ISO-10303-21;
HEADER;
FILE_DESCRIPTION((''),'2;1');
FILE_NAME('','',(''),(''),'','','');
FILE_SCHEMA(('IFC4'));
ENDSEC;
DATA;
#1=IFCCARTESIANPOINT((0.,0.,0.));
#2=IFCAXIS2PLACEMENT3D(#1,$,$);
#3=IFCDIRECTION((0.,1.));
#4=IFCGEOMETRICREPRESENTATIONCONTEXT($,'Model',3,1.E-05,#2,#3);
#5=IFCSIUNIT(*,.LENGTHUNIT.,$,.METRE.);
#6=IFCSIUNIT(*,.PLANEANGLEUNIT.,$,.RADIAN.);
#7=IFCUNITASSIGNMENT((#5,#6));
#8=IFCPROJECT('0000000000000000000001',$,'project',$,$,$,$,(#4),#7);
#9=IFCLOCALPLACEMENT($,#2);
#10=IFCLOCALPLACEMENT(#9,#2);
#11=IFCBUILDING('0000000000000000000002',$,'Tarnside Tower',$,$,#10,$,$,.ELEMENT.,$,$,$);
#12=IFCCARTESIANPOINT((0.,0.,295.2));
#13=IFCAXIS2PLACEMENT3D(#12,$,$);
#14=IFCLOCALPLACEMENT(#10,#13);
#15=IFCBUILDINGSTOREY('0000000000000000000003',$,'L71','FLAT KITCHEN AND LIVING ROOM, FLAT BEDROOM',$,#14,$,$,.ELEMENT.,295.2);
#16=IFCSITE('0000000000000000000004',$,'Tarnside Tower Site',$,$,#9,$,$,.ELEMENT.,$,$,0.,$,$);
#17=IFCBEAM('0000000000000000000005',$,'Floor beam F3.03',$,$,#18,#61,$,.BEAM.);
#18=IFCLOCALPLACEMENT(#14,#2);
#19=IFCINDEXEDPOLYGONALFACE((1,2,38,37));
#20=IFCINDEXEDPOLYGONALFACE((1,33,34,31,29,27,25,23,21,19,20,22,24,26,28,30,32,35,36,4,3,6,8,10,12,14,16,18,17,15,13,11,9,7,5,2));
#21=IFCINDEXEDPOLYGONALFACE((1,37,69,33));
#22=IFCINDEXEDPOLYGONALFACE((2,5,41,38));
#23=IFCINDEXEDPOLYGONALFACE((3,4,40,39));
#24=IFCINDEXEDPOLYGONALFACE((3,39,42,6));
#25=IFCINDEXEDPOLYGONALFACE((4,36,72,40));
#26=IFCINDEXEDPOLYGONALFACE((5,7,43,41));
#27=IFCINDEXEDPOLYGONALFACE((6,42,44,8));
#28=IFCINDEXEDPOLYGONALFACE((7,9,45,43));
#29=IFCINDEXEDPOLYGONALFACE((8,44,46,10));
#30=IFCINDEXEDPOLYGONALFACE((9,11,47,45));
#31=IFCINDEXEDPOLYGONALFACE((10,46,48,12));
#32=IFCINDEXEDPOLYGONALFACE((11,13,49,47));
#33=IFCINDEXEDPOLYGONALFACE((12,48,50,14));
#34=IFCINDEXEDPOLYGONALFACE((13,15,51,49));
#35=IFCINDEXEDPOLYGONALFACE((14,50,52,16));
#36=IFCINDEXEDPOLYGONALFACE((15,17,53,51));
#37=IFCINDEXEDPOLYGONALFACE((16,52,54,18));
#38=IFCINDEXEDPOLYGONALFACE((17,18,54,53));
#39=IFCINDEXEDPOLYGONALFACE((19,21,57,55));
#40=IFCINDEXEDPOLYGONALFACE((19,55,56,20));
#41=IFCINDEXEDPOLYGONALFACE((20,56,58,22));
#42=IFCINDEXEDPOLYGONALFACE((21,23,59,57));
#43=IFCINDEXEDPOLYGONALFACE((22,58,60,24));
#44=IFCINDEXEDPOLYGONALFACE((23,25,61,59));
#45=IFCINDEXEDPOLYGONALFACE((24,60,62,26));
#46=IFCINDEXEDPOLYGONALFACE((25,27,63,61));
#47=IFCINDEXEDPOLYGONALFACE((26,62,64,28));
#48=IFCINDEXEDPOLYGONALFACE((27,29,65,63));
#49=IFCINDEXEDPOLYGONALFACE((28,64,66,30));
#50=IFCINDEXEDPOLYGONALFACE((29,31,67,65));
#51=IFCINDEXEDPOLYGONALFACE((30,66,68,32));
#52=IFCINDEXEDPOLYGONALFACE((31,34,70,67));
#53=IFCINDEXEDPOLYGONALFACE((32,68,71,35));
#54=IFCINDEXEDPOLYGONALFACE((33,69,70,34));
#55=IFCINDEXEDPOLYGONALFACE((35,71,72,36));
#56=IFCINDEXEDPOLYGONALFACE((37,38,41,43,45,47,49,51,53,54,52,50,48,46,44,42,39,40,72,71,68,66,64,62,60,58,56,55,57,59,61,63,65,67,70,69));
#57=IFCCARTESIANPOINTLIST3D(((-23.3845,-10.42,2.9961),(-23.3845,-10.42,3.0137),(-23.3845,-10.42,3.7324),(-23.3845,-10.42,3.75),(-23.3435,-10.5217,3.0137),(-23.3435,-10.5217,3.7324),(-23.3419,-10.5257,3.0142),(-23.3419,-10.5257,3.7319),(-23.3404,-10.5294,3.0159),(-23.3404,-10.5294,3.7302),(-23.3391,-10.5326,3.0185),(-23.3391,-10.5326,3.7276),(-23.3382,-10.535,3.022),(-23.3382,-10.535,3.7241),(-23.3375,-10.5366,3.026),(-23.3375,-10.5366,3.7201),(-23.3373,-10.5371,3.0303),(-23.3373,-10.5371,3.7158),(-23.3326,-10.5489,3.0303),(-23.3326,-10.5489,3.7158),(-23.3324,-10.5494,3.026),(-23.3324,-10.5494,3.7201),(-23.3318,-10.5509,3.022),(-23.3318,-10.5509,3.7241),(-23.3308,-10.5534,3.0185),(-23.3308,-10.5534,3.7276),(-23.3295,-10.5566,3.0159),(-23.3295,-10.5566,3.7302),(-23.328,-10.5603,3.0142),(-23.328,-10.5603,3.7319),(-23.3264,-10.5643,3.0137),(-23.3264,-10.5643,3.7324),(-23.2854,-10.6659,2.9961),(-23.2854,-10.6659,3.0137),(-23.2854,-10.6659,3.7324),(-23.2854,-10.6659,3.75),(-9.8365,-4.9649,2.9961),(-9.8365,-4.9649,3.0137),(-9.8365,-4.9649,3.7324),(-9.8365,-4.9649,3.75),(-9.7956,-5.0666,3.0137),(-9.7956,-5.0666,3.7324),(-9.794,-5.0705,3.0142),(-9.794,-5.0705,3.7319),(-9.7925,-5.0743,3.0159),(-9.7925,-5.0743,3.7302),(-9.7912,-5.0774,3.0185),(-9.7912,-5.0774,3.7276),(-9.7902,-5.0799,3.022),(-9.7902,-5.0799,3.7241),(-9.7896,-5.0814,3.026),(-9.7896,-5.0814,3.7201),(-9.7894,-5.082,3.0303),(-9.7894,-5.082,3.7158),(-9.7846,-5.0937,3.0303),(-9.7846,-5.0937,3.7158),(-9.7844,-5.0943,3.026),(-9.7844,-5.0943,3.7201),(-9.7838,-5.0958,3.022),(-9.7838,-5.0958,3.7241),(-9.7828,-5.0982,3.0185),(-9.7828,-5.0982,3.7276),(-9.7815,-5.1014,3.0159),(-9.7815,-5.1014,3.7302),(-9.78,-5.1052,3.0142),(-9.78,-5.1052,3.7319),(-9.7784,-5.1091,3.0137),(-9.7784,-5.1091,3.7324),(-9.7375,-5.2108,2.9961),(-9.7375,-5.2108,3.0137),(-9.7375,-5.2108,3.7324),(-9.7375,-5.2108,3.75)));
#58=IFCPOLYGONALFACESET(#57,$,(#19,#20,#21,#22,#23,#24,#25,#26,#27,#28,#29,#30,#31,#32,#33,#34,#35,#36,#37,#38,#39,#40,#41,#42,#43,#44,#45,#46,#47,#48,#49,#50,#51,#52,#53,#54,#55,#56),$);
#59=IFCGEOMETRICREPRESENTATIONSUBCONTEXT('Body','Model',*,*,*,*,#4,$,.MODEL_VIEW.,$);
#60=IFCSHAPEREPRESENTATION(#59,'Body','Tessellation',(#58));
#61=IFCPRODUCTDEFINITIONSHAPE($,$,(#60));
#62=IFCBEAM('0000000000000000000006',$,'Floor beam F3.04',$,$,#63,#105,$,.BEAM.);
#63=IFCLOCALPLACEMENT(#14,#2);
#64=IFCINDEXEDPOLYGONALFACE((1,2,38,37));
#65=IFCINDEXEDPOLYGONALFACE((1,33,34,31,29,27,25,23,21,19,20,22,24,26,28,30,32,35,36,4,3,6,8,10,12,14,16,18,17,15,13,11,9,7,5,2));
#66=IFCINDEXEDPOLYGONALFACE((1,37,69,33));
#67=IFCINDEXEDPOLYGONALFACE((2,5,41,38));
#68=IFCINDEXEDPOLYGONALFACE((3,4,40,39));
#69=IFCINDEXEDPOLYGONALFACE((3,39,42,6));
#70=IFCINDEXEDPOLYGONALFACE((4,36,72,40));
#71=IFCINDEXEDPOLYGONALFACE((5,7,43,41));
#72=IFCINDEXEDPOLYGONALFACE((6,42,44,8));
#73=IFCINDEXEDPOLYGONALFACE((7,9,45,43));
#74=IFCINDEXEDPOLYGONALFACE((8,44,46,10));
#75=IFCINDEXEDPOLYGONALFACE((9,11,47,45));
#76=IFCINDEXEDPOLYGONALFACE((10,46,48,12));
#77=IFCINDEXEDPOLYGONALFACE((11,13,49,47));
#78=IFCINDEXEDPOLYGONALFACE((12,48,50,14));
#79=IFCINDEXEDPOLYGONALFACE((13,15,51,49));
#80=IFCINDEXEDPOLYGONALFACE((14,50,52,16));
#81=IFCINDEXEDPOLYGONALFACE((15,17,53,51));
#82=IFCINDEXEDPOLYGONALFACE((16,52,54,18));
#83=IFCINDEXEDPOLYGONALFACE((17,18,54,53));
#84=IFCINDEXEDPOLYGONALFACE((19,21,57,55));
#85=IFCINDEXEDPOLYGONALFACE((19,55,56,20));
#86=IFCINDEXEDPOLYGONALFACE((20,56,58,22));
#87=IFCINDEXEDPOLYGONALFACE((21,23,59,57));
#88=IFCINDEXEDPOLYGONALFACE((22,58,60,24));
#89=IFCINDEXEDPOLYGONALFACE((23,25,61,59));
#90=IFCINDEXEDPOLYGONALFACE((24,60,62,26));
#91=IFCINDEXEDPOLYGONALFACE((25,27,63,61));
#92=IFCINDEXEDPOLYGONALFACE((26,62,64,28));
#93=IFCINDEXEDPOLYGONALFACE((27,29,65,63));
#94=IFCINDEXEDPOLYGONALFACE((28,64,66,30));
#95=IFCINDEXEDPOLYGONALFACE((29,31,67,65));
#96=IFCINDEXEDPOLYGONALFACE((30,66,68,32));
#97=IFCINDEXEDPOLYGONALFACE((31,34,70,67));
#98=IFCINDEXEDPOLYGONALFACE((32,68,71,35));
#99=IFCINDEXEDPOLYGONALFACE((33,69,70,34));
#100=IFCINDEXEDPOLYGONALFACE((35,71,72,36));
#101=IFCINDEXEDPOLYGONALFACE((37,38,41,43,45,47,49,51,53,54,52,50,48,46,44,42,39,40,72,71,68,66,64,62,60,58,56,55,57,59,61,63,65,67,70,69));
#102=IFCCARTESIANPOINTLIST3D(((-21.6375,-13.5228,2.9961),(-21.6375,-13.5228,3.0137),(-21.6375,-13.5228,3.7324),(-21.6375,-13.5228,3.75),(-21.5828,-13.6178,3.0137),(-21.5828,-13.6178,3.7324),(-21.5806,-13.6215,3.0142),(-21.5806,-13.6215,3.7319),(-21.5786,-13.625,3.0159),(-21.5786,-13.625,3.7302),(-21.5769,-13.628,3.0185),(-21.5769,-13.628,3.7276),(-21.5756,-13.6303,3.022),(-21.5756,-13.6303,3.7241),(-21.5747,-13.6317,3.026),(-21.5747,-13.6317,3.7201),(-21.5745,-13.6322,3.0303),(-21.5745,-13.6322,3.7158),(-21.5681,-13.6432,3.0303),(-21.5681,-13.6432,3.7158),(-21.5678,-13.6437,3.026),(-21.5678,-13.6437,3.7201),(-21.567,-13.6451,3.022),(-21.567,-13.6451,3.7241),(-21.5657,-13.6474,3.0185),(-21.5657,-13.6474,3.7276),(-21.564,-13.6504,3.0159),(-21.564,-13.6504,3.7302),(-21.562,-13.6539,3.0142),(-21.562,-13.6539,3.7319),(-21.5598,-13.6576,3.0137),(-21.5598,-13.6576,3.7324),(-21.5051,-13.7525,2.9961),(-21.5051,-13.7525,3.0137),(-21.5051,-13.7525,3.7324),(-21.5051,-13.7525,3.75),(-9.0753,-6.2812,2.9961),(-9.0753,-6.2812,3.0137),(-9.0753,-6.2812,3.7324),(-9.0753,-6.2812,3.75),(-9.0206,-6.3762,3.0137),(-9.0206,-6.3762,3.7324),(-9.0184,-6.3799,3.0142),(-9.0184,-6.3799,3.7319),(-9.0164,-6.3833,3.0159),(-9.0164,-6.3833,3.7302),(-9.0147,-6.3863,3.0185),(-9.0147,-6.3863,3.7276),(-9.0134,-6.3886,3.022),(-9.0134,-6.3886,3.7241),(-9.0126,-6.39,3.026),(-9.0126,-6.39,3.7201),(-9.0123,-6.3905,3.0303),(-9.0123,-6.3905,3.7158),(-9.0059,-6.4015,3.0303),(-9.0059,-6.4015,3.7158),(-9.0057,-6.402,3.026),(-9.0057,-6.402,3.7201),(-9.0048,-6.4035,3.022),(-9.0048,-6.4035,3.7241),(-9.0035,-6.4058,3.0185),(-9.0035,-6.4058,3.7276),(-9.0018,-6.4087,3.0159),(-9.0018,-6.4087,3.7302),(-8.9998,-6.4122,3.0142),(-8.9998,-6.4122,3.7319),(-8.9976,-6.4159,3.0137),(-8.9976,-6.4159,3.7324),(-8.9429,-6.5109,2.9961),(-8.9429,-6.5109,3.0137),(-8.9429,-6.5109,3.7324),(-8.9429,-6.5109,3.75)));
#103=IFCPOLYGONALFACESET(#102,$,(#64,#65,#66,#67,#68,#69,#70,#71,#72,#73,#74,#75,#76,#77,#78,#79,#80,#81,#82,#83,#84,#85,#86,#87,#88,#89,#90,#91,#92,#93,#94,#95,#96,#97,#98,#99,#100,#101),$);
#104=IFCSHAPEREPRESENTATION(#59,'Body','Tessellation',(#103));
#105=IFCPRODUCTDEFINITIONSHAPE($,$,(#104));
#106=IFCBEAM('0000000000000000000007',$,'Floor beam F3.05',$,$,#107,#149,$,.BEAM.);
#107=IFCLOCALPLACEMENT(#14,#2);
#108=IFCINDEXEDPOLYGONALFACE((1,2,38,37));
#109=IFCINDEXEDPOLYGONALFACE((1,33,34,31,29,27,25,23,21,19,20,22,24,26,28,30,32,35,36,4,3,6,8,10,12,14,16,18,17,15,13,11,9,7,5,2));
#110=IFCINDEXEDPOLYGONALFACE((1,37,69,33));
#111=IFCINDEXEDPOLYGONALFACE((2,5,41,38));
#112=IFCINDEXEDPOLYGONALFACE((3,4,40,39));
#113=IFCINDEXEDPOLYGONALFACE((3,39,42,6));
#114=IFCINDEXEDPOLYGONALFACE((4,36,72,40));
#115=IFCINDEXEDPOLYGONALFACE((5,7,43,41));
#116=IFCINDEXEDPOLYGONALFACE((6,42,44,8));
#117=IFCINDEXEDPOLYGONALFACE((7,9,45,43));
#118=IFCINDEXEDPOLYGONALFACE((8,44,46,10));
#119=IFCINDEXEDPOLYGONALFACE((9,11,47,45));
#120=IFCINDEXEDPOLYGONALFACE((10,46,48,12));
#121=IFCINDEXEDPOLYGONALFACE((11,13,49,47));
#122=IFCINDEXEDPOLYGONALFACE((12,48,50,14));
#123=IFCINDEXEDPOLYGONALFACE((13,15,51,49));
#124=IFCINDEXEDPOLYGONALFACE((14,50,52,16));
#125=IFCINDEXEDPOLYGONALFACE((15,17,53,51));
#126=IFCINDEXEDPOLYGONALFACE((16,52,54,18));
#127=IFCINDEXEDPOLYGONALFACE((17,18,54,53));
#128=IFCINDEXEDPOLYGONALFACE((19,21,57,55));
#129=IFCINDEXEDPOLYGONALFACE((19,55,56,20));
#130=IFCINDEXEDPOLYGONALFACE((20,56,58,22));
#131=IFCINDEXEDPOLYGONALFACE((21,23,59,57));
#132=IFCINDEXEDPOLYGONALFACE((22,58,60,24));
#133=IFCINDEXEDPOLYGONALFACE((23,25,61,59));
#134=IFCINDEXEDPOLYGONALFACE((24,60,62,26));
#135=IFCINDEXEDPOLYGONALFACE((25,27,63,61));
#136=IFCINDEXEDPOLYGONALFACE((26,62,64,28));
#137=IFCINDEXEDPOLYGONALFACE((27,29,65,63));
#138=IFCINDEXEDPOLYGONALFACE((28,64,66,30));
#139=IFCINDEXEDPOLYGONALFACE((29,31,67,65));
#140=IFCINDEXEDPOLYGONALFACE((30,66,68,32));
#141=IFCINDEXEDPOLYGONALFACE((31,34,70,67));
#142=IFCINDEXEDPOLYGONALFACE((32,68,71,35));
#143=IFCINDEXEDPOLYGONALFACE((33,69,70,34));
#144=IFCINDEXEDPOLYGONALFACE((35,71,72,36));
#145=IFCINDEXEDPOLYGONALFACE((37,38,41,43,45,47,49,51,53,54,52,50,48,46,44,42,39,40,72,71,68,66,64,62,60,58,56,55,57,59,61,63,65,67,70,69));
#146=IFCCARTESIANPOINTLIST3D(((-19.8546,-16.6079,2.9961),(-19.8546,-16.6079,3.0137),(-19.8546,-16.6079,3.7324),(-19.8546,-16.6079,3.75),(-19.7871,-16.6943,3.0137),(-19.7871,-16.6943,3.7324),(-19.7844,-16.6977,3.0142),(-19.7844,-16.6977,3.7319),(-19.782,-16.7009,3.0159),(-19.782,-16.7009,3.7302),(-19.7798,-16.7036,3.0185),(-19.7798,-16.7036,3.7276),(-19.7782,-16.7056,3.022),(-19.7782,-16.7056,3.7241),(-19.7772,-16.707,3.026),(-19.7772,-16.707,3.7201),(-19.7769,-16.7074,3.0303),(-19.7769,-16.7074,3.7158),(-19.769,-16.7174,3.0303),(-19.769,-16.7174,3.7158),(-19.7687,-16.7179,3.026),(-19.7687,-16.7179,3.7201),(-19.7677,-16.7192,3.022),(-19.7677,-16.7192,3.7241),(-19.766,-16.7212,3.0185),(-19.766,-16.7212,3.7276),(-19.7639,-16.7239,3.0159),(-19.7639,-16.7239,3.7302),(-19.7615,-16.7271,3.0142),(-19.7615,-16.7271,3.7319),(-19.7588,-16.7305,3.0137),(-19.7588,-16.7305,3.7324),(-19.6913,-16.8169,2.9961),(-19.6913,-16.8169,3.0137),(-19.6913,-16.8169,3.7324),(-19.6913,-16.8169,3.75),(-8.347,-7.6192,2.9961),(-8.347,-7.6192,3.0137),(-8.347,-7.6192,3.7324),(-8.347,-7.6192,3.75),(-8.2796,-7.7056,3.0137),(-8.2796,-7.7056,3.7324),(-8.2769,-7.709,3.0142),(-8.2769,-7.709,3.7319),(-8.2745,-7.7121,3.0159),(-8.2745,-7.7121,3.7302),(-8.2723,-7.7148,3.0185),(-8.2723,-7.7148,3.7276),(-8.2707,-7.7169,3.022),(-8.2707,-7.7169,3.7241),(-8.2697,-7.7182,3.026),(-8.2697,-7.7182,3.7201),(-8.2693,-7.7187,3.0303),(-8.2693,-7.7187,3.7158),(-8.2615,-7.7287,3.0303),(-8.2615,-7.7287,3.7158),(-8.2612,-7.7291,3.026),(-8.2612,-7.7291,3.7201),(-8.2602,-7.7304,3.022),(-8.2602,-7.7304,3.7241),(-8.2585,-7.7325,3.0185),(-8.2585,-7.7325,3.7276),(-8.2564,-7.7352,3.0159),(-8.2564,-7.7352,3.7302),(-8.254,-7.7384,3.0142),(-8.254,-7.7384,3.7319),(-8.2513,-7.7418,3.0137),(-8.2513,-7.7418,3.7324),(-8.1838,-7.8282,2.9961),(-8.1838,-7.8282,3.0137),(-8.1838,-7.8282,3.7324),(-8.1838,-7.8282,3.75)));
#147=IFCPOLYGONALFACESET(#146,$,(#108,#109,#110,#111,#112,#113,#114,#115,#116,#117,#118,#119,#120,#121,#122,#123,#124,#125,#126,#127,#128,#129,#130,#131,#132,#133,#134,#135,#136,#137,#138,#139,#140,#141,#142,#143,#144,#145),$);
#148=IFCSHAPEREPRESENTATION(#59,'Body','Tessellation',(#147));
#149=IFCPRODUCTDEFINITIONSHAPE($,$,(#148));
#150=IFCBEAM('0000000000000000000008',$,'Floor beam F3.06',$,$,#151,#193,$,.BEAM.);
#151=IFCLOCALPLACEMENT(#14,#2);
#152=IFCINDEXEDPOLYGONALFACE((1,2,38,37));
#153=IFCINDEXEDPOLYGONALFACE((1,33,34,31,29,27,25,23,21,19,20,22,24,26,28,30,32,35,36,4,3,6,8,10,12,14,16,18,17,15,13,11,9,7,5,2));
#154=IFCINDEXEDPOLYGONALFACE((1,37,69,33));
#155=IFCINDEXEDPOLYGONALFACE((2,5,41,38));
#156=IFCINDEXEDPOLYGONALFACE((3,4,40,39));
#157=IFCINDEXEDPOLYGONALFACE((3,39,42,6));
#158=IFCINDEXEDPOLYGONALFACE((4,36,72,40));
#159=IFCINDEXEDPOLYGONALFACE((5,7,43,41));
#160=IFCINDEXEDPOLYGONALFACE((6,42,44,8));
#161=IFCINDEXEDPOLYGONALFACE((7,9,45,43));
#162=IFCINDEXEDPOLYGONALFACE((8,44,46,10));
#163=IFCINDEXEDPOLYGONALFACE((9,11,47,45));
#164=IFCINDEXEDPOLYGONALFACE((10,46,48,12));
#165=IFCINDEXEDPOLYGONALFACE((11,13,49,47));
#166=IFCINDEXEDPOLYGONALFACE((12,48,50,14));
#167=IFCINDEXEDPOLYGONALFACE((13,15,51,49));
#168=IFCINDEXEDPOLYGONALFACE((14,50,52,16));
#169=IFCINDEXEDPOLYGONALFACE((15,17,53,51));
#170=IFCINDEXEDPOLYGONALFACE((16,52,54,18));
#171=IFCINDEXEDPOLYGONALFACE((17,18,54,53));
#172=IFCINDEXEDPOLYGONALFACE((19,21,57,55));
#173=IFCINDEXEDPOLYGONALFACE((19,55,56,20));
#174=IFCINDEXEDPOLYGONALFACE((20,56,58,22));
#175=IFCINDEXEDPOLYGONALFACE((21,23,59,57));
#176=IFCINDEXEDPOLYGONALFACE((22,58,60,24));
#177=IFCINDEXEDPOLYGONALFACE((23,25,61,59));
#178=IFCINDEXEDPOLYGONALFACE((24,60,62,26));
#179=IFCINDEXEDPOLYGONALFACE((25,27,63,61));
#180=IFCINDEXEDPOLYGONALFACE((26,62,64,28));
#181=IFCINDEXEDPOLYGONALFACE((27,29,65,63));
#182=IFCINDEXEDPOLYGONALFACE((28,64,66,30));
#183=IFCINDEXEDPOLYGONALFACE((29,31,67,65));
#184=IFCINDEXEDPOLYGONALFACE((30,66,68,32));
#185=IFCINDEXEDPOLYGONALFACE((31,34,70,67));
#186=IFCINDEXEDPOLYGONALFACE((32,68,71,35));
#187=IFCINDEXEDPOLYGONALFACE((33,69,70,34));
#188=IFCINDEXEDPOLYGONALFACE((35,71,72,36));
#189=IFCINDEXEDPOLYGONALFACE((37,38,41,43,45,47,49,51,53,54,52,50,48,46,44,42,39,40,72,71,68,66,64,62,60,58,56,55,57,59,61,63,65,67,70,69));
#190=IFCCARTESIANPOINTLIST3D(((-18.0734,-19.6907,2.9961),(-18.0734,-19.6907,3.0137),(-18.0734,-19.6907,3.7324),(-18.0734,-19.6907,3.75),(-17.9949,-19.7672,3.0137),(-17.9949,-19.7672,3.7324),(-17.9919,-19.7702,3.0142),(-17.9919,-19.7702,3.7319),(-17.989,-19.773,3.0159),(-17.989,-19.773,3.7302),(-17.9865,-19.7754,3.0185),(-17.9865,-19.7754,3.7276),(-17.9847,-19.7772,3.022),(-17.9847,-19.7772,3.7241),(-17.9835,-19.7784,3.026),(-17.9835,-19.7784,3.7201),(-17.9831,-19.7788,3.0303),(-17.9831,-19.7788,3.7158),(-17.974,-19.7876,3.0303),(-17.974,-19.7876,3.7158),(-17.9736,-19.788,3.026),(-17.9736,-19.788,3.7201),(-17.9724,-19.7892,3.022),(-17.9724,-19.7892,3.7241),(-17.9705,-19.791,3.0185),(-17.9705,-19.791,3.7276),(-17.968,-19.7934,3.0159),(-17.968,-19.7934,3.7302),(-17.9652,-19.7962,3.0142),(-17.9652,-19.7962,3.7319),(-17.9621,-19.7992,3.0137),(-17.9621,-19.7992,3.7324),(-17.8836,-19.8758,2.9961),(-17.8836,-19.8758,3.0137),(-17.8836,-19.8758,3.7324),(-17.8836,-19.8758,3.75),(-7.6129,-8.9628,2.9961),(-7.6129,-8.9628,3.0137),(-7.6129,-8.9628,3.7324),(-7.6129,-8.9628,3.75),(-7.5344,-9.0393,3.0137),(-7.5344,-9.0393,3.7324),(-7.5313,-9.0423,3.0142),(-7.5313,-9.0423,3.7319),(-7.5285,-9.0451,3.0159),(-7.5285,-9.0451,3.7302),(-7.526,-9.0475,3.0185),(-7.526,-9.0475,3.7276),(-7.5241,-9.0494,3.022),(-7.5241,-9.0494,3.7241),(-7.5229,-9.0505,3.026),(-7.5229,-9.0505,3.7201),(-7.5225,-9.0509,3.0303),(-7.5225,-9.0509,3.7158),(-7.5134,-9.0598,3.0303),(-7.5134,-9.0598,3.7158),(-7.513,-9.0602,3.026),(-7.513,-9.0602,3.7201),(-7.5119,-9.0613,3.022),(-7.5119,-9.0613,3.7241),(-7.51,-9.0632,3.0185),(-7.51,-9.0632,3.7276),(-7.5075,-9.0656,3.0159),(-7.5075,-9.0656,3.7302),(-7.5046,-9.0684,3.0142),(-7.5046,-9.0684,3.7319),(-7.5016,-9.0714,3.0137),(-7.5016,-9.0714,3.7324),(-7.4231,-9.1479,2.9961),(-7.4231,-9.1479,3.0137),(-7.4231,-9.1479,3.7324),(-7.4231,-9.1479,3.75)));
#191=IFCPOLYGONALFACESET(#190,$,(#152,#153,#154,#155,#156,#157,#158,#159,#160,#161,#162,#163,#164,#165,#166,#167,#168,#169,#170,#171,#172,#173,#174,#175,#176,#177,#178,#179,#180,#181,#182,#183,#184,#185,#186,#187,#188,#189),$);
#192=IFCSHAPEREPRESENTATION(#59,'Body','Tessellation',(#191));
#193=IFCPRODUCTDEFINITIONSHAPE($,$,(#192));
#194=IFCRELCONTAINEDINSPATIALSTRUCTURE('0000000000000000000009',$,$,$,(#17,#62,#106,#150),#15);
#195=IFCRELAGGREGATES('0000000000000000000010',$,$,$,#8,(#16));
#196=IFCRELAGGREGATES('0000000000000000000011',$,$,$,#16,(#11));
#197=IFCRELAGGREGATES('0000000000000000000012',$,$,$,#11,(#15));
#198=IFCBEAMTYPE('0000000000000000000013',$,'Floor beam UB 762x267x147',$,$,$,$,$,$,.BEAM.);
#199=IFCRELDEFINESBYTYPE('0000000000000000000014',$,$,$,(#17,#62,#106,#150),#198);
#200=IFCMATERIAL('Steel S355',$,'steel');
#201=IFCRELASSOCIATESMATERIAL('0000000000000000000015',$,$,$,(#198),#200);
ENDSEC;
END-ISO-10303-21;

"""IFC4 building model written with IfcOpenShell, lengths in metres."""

from ifc_helpers import new_model, si_unit, direction, frame, origin, origin_2d, place, context, subcontext, project, spatial, i_section, extrude, material, material_profile, profile_set, type_object, element, save


model = new_model("IFC4")

# Units and contexts
model_context = context("Model", 3, precision=1e-05, world=origin(), true_north=direction((0.0, 1.0)))
body_context = subcontext(model_context, "Body", "Model", "MODEL_VIEW")
ifc_project = project(units=[si_unit("LENGTHUNIT", "METRE"), si_unit("PLANEANGLEUNIT", "RADIAN")], contexts=[model_context])

# Site, building, storey
site_placement = place(None, origin())
site = spatial("IfcSite", under=ifc_project, at=site_placement, Name="Tarnside Tower Site", CompositionType="ELEMENT", RefElevation=0.0)
building_placement = place(site_placement, origin())
building = spatial("IfcBuilding", under=site, at=building_placement, Name="Tarnside Tower", CompositionType="ELEMENT")
storey_placement = place(building_placement, frame((0.0, 0.0, 295.2)))
storey = spatial("IfcBuildingStorey", under=building, at=storey_placement, Name="L71", Description="FLAT KITCHEN AND LIVING ROOM, FLAT BEDROOM", CompositionType="ELEMENT", Elevation=295.2)

# Beams
ifc_material_1 = material(Name="Steel S355", Category="steel")
ifc_material_profile_1 = material_profile(ifc_material_1, i_section(OverallWidth=0.2651, OverallDepth=0.7539, WebThickness=0.0127, FlangeThickness=0.0176, FilletRadius=0.0166, at=origin_2d()), Name="UB 762x267x147")
ifc_profile_set_1 = profile_set([ifc_material_profile_1], Name="Steel S355")
beam_type_1 = type_object("IfcBeamType", Name="Floor beam UB 762x267x147", PredefinedType="BEAM", material=ifc_profile_set_1)
beam_1_placement = place(storey_placement, frame((-23.335, -10.543, 3.373), z_axis=(0.927626, 0.373511, 0.0), x_axis=(-0.373511, 0.927626, 0.0)))
element("IfcBeam", 1, at=beam_1_placement, inside=storey, type_object=beam_type_1, Name="Floor beam F3.03", PredefinedType="BEAM", context=body_context, shape_type="SweptSolid", body=[
    extrude(i_section(OverallWidth=0.2651, OverallDepth=0.7539, WebThickness=0.0127, FlangeThickness=0.0176, FilletRadius=0.0166, at=origin_2d()), origin(), (0.0, 0.0, 1.0), 14.605),
])
beam_2_placement = place(storey_placement, frame((-21.5713, -13.6377, 3.373), z_axis=(0.866357, 0.499425, 0.0), x_axis=(-0.499425, 0.866357, 0.0)))
element("IfcBeam", 2, at=beam_2_placement, inside=storey, type_object=beam_type_1, Name="Floor beam F3.04", PredefinedType="BEAM", context=body_context, shape_type="SweptSolid", body=[
    extrude(i_section(OverallWidth=0.2651, OverallDepth=0.7539, WebThickness=0.0127, FlangeThickness=0.0176, FilletRadius=0.0166, at=origin_2d()), origin(), (0.0, 0.0, 1.0), 14.5),
])
beam_3_placement = place(storey_placement, frame((-19.7729, -16.7124, 3.373), z_axis=(0.788075, 0.615579, 0.0), x_axis=(-0.615579, 0.788075, 0.0)))
element("IfcBeam", 3, at=beam_3_placement, inside=storey, type_object=beam_type_1, Name="Floor beam F3.05", PredefinedType="BEAM", context=body_context, shape_type="SweptSolid", body=[
    extrude(i_section(OverallWidth=0.2651, OverallDepth=0.7539, WebThickness=0.0127, FlangeThickness=0.0176, FilletRadius=0.0166, at=origin_2d()), origin(), (0.0, 0.0, 1.0), 14.6021),
])
beam_4_placement = place(storey_placement, frame((-17.9785, -19.7832, 3.373), z_axis=(0.69813, 0.715971, 0.0), x_axis=(-0.715971, 0.69813, 0.0)))
element("IfcBeam", 4, at=beam_4_placement, inside=storey, type_object=beam_type_1, Name="Floor beam F3.06", PredefinedType="BEAM", context=body_context, shape_type="SweptSolid", body=[
    extrude(i_section(OverallWidth=0.2651, OverallDepth=0.7539, WebThickness=0.0127, FlangeThickness=0.0176, FilletRadius=0.0166, at=origin_2d()), origin(), (0.0, 0.0, 1.0), 14.9836),
])

save(model, "model.ifc")
